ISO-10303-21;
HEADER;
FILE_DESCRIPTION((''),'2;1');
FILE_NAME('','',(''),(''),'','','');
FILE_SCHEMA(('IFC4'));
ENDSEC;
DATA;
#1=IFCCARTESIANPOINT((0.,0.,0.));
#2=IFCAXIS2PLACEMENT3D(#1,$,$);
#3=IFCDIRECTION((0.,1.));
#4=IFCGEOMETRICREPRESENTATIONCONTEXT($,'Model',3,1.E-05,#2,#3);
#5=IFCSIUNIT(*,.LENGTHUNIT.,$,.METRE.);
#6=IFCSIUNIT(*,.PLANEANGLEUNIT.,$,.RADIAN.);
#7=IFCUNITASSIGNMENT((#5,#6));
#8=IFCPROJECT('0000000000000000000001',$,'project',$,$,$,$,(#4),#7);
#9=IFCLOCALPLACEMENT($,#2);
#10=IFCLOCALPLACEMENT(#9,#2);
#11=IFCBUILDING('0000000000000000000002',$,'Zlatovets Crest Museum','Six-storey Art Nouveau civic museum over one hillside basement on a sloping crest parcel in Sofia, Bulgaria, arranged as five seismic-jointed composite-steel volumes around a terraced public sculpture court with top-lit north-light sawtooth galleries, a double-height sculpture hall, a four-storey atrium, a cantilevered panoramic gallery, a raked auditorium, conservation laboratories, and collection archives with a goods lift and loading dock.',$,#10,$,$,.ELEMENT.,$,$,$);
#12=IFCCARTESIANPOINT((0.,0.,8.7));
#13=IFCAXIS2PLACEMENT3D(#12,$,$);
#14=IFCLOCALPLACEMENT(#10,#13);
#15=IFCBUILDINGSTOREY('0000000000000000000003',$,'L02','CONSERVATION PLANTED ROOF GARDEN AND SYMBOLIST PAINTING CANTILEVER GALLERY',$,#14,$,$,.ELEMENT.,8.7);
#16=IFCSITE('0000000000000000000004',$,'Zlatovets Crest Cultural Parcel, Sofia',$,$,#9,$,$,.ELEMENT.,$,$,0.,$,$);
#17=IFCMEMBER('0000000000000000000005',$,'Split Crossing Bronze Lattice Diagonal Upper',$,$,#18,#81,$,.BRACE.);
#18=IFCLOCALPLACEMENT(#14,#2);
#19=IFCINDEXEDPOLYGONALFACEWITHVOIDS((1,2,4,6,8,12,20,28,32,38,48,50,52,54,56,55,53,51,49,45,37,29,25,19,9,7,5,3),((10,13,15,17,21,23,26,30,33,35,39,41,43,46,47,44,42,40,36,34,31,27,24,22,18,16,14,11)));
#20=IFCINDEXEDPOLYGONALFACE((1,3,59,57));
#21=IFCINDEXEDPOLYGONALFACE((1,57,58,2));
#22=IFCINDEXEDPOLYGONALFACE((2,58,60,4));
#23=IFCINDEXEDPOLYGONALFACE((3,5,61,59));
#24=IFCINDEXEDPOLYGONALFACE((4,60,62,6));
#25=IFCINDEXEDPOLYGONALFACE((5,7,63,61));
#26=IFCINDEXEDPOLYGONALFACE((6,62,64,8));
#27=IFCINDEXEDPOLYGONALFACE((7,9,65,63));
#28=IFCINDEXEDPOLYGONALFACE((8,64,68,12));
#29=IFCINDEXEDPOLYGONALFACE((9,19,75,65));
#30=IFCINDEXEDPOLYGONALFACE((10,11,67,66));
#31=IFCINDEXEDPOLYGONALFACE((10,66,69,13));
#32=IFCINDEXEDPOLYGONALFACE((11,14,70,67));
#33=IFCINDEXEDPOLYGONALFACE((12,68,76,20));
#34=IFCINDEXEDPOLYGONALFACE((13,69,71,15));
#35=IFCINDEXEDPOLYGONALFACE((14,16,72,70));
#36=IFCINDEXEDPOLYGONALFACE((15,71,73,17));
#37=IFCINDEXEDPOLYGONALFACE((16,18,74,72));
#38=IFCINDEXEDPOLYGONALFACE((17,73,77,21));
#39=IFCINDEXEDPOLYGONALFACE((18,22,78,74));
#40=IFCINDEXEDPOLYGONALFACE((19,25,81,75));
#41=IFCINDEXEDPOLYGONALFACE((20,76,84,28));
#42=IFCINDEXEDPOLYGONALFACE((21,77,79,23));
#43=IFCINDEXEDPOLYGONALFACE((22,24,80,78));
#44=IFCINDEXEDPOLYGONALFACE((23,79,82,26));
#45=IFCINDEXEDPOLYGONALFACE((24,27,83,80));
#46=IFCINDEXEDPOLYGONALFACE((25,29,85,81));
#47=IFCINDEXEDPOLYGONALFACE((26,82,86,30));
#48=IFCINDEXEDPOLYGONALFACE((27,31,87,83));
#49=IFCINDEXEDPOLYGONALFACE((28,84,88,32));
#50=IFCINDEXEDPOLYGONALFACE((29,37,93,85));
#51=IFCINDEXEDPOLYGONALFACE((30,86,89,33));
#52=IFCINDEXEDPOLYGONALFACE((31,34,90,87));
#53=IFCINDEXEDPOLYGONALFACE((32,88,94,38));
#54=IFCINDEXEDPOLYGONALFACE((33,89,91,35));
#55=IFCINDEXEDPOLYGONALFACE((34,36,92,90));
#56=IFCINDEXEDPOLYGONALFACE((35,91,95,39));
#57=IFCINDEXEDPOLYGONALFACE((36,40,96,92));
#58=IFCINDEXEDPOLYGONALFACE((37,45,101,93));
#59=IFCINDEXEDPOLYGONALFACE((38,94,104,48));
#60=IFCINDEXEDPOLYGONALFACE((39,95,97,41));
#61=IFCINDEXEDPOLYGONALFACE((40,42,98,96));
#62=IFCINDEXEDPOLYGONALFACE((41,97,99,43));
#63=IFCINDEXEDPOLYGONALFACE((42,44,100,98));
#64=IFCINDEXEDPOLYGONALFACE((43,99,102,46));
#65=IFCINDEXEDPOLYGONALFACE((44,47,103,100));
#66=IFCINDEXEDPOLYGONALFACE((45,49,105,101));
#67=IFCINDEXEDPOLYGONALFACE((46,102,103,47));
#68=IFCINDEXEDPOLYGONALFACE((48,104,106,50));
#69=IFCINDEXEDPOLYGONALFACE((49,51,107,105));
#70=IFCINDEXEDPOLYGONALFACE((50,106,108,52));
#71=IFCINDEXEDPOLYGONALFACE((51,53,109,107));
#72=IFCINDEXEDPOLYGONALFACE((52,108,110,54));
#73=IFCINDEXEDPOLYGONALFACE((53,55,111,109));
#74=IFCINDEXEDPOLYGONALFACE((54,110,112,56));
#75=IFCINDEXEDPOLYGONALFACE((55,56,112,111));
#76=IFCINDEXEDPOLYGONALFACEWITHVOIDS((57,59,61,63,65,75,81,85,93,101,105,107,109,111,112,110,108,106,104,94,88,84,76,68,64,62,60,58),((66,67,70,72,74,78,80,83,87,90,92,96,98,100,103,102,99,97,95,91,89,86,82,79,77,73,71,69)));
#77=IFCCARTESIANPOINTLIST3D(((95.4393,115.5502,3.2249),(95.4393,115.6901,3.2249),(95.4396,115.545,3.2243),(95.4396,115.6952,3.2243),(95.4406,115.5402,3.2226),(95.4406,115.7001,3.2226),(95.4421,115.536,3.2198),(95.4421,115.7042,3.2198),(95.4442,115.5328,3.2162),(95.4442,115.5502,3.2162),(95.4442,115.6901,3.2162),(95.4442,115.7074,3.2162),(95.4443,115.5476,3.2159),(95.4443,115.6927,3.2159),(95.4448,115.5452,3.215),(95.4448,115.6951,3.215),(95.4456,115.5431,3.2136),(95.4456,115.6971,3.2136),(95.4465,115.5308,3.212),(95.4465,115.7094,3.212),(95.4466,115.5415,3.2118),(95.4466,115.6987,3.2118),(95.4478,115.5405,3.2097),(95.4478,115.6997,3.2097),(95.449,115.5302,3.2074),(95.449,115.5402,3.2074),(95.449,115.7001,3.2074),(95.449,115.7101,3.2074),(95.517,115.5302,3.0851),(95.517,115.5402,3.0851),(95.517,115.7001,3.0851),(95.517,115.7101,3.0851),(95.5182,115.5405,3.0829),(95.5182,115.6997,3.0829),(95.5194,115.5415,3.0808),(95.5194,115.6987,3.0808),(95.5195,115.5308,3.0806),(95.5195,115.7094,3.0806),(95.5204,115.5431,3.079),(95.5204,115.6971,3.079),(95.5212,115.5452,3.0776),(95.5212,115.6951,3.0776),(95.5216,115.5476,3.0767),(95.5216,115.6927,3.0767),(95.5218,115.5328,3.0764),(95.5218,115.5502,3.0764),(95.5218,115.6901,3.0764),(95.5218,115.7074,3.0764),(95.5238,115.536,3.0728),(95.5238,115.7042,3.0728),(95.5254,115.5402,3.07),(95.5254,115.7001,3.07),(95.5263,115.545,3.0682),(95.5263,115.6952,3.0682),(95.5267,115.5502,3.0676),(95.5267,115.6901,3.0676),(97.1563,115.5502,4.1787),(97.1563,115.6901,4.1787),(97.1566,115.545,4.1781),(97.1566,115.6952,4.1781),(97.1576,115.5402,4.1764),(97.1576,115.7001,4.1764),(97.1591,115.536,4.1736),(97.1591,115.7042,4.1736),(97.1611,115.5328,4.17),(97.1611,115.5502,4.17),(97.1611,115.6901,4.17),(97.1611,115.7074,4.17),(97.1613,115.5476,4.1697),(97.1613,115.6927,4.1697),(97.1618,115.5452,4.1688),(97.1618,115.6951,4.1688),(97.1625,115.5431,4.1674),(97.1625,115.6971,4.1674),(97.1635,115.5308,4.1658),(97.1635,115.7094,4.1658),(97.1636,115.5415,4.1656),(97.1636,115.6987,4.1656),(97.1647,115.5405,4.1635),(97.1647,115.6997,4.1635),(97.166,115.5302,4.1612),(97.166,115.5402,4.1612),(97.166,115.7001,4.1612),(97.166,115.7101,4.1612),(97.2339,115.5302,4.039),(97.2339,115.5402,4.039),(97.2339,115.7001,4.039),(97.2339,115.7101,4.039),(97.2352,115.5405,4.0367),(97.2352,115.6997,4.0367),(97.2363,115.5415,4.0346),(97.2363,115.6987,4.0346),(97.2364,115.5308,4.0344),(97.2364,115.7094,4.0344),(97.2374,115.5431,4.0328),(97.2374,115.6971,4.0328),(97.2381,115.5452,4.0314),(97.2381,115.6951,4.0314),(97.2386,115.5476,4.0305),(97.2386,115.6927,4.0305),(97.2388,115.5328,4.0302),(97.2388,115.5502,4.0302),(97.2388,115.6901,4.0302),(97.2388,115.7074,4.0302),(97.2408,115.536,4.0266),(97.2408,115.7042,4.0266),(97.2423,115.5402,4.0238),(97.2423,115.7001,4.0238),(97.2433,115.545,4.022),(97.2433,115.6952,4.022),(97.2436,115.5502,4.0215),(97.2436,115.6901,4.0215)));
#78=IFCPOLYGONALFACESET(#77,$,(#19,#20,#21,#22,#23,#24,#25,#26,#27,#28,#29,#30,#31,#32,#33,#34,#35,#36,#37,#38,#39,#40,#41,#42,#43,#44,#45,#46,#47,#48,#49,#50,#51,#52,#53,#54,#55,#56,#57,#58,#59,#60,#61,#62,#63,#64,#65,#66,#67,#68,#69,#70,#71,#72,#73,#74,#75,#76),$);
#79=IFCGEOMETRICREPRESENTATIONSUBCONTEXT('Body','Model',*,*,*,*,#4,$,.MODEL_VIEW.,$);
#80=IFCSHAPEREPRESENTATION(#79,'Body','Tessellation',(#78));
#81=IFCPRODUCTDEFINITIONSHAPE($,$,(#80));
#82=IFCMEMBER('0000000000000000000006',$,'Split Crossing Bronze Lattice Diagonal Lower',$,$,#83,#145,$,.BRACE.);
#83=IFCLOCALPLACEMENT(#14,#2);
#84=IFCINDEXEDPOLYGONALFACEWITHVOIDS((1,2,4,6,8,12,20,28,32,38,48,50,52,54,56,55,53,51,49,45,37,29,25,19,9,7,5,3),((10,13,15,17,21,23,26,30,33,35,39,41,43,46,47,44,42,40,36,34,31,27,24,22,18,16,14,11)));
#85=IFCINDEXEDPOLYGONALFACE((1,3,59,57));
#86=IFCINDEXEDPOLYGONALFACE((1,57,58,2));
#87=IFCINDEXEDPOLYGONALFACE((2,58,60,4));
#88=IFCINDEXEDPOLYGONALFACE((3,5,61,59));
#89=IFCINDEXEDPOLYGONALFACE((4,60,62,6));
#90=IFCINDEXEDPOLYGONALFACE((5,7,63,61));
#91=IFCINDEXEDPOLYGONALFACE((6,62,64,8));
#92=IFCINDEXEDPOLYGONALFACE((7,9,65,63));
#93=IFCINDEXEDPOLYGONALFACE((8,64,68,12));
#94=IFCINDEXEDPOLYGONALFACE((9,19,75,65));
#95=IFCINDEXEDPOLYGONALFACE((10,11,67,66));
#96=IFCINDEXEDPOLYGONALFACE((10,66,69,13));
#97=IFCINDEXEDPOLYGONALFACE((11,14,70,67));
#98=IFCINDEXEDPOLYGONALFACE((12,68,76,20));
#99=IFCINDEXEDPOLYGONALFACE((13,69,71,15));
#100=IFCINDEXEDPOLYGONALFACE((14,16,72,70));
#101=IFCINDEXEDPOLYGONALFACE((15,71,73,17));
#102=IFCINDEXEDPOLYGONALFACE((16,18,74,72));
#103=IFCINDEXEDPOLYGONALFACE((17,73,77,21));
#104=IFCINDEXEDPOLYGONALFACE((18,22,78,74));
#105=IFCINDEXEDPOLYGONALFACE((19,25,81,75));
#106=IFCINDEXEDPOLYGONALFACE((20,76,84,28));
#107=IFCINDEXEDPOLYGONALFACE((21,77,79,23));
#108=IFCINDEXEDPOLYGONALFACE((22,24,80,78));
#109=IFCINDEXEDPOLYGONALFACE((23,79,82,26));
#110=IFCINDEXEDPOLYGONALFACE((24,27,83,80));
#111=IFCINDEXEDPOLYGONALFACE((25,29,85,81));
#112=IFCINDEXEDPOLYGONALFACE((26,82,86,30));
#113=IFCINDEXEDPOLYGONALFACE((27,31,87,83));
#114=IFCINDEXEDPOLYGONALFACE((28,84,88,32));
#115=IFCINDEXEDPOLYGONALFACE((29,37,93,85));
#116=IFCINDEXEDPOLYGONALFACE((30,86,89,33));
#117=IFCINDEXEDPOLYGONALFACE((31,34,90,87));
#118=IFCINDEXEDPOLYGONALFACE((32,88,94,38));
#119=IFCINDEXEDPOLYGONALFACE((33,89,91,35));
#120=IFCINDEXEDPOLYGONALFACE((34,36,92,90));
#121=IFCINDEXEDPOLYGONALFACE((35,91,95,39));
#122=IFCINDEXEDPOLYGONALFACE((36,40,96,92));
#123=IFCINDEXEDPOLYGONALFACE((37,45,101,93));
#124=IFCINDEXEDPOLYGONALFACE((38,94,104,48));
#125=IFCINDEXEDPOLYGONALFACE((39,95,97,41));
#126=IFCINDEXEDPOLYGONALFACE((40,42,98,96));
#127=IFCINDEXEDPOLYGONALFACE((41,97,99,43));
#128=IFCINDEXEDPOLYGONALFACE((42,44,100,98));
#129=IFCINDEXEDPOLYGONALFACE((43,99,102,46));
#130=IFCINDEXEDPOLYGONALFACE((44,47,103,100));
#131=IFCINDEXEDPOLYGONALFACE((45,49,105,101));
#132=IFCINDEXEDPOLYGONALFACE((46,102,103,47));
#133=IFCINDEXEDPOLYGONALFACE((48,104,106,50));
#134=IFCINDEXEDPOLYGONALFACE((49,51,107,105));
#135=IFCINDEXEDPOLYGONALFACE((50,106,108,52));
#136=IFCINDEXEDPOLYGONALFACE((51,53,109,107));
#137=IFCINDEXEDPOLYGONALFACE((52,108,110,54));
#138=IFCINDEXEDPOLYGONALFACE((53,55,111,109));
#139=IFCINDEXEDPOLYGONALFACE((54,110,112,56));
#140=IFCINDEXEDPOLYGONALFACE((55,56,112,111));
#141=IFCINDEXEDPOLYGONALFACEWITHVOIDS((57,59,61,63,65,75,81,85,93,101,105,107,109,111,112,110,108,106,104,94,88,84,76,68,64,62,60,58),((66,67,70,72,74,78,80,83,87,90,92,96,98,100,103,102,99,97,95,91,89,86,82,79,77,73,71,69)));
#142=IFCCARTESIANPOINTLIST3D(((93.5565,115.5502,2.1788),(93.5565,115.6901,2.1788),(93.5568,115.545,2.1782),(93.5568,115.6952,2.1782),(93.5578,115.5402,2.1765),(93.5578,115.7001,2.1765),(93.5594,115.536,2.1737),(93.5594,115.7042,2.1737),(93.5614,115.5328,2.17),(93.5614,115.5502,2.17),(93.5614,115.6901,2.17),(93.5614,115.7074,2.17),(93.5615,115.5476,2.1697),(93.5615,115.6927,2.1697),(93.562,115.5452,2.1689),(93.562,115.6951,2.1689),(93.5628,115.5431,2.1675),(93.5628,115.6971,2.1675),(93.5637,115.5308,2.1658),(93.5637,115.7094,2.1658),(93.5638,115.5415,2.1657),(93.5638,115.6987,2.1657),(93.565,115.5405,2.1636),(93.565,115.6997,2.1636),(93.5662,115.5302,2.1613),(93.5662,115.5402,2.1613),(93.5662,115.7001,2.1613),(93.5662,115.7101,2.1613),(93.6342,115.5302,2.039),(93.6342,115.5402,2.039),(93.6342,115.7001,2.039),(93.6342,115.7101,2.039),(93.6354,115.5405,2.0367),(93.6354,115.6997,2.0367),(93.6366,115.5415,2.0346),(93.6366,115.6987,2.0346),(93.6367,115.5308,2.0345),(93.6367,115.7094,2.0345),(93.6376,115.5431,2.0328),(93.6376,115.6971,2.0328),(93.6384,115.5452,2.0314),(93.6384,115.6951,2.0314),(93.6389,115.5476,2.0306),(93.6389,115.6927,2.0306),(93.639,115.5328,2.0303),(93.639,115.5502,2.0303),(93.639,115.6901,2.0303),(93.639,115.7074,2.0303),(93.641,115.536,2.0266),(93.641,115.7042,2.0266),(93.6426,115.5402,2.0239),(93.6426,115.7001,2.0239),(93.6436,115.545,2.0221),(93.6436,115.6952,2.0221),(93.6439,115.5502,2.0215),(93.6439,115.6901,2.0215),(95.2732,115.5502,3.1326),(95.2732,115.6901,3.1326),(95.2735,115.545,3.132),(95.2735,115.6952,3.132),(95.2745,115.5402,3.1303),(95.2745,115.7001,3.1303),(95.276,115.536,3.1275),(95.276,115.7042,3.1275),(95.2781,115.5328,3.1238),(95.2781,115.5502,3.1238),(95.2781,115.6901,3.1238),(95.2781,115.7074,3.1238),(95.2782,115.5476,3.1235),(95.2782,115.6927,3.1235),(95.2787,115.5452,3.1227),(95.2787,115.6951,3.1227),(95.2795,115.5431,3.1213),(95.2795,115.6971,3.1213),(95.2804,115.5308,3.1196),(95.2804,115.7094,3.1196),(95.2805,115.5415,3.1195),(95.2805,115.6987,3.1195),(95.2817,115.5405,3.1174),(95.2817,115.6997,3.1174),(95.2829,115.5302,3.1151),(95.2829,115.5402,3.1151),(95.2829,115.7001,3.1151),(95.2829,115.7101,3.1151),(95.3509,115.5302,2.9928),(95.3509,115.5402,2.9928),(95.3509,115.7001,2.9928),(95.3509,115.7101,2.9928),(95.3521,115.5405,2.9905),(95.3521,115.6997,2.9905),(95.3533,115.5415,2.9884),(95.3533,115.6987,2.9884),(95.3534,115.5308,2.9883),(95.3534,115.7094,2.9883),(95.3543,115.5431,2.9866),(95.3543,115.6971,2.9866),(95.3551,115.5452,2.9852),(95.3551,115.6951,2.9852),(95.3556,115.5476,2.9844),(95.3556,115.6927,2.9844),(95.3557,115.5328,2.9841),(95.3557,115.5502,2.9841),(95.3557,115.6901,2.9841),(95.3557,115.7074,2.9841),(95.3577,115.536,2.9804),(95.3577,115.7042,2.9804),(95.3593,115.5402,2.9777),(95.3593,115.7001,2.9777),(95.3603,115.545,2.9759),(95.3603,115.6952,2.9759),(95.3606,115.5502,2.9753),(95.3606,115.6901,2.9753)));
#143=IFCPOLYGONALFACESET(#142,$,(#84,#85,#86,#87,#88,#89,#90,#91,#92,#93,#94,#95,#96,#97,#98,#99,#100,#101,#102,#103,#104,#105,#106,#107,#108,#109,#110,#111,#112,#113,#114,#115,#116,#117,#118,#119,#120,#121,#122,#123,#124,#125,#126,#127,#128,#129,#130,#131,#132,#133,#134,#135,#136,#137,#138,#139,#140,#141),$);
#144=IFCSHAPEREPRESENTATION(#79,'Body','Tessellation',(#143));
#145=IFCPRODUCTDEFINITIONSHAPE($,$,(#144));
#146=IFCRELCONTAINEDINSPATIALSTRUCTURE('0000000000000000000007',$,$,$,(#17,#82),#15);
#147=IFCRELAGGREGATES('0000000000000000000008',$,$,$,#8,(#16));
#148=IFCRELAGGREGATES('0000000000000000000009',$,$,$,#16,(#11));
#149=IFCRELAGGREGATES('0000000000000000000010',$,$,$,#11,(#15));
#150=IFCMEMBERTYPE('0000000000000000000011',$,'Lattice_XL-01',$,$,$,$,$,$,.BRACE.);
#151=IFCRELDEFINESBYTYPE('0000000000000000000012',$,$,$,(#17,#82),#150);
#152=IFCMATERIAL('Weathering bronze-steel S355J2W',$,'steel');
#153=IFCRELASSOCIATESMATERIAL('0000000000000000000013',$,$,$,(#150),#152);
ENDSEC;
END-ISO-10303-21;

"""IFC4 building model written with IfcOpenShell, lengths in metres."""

from ifc_helpers import new_model, si_unit, direction, frame, origin, origin_2d, place, context, subcontext, project, spatial, hollow_rectangle, extrude, material, material_profile, profile_set, type_object, element, save


model = new_model("IFC4")

# Units and contexts
model_context = context("Model", 3, precision=1e-05, world=origin(), true_north=direction((0.0, 1.0)))
body_context = subcontext(model_context, "Body", "Model", "MODEL_VIEW")
ifc_project = project(units=[si_unit("LENGTHUNIT", "METRE"), si_unit("PLANEANGLEUNIT", "RADIAN")], contexts=[model_context])

# Site, building, storey
site_placement = place(None, origin())
site = spatial("IfcSite", under=ifc_project, at=site_placement, Name="Zlatovets Crest Cultural Parcel, Sofia", CompositionType="ELEMENT", RefElevation=0.0)
building_placement = place(site_placement, origin())
building = spatial("IfcBuilding", under=site, at=building_placement, Name="Zlatovets Crest Museum", Description="Six-storey Art Nouveau civic museum over one hillside basement on a sloping crest parcel in Sofia, Bulgaria, arranged as five seismic-jointed composite-steel volumes around a terraced public sculpture court with top-lit north-light sawtooth galleries, a double-height sculpture hall, a four-storey atrium, a cantilevered panoramic gallery, a raked auditorium, conservation laboratories, and collection archives with a goods lift and loading dock.", CompositionType="ELEMENT")
storey_placement = place(building_placement, frame((0.0, 0.0, 8.7)))
storey = spatial("IfcBuildingStorey", under=building, at=storey_placement, Name="L02", Description="CONSERVATION PLANTED ROOF GARDEN AND SYMBOLIST PAINTING CANTILEVER GALLERY", CompositionType="ELEMENT", Elevation=8.7)

# Members
ifc_material_1 = material(Name="Weathering bronze-steel S355J2W", Category="steel")
ifc_material_profile_1 = material_profile(ifc_material_1, hollow_rectangle(XDim=0.1799, YDim=0.1799, WallThickness=0.01, InnerFilletRadius=0.01, OuterFilletRadius=0.02, at=origin_2d()), Name="SHS 180x180x10.0")
ifc_profile_set_1 = profile_set([ifc_material_profile_1], Name="Weathering bronze-steel S355J2W")
member_type_1 = type_object("IfcMemberType", Name="Lattice_XL-01", PredefinedType="BRACE", material=ifc_profile_set_1)
member_1_placement = place(storey_placement, frame((97.2, 115.6201, 4.1001), z_axis=(-0.874169, 0.0, -0.485622), x_axis=(0.0, -1.0, 0.0)))
element("IfcMember", 1, at=member_1_placement, inside=storey, type_object=member_type_1, Name="Split Crossing Bronze Lattice Diagonal Upper", PredefinedType="BRACE", context=body_context, shape_type="SweptSolid", body=[
    extrude(hollow_rectangle(XDim=0.1799, YDim=0.1799, WallThickness=0.01, InnerFilletRadius=0.01, OuterFilletRadius=0.02, at=origin_2d()), origin(), (0.0, 0.0, 1.0), 1.9641),
])
member_2_placement = place(storey_placement, frame((95.3169, 115.6201, 3.054), z_axis=(-0.87414, 0.0, -0.485675), x_axis=(0.0, -1.0, 0.0)))
element("IfcMember", 2, at=member_2_placement, inside=storey, type_object=member_type_1, Name="Split Crossing Bronze Lattice Diagonal Lower", PredefinedType="BRACE", context=body_context, shape_type="SweptSolid", body=[
    extrude(hollow_rectangle(XDim=0.1799, YDim=0.1799, WallThickness=0.01, InnerFilletRadius=0.01, OuterFilletRadius=0.02, at=origin_2d()), origin(), (0.0, 0.0, 1.0), 1.9639),
])

save(model, "model.ifc")
